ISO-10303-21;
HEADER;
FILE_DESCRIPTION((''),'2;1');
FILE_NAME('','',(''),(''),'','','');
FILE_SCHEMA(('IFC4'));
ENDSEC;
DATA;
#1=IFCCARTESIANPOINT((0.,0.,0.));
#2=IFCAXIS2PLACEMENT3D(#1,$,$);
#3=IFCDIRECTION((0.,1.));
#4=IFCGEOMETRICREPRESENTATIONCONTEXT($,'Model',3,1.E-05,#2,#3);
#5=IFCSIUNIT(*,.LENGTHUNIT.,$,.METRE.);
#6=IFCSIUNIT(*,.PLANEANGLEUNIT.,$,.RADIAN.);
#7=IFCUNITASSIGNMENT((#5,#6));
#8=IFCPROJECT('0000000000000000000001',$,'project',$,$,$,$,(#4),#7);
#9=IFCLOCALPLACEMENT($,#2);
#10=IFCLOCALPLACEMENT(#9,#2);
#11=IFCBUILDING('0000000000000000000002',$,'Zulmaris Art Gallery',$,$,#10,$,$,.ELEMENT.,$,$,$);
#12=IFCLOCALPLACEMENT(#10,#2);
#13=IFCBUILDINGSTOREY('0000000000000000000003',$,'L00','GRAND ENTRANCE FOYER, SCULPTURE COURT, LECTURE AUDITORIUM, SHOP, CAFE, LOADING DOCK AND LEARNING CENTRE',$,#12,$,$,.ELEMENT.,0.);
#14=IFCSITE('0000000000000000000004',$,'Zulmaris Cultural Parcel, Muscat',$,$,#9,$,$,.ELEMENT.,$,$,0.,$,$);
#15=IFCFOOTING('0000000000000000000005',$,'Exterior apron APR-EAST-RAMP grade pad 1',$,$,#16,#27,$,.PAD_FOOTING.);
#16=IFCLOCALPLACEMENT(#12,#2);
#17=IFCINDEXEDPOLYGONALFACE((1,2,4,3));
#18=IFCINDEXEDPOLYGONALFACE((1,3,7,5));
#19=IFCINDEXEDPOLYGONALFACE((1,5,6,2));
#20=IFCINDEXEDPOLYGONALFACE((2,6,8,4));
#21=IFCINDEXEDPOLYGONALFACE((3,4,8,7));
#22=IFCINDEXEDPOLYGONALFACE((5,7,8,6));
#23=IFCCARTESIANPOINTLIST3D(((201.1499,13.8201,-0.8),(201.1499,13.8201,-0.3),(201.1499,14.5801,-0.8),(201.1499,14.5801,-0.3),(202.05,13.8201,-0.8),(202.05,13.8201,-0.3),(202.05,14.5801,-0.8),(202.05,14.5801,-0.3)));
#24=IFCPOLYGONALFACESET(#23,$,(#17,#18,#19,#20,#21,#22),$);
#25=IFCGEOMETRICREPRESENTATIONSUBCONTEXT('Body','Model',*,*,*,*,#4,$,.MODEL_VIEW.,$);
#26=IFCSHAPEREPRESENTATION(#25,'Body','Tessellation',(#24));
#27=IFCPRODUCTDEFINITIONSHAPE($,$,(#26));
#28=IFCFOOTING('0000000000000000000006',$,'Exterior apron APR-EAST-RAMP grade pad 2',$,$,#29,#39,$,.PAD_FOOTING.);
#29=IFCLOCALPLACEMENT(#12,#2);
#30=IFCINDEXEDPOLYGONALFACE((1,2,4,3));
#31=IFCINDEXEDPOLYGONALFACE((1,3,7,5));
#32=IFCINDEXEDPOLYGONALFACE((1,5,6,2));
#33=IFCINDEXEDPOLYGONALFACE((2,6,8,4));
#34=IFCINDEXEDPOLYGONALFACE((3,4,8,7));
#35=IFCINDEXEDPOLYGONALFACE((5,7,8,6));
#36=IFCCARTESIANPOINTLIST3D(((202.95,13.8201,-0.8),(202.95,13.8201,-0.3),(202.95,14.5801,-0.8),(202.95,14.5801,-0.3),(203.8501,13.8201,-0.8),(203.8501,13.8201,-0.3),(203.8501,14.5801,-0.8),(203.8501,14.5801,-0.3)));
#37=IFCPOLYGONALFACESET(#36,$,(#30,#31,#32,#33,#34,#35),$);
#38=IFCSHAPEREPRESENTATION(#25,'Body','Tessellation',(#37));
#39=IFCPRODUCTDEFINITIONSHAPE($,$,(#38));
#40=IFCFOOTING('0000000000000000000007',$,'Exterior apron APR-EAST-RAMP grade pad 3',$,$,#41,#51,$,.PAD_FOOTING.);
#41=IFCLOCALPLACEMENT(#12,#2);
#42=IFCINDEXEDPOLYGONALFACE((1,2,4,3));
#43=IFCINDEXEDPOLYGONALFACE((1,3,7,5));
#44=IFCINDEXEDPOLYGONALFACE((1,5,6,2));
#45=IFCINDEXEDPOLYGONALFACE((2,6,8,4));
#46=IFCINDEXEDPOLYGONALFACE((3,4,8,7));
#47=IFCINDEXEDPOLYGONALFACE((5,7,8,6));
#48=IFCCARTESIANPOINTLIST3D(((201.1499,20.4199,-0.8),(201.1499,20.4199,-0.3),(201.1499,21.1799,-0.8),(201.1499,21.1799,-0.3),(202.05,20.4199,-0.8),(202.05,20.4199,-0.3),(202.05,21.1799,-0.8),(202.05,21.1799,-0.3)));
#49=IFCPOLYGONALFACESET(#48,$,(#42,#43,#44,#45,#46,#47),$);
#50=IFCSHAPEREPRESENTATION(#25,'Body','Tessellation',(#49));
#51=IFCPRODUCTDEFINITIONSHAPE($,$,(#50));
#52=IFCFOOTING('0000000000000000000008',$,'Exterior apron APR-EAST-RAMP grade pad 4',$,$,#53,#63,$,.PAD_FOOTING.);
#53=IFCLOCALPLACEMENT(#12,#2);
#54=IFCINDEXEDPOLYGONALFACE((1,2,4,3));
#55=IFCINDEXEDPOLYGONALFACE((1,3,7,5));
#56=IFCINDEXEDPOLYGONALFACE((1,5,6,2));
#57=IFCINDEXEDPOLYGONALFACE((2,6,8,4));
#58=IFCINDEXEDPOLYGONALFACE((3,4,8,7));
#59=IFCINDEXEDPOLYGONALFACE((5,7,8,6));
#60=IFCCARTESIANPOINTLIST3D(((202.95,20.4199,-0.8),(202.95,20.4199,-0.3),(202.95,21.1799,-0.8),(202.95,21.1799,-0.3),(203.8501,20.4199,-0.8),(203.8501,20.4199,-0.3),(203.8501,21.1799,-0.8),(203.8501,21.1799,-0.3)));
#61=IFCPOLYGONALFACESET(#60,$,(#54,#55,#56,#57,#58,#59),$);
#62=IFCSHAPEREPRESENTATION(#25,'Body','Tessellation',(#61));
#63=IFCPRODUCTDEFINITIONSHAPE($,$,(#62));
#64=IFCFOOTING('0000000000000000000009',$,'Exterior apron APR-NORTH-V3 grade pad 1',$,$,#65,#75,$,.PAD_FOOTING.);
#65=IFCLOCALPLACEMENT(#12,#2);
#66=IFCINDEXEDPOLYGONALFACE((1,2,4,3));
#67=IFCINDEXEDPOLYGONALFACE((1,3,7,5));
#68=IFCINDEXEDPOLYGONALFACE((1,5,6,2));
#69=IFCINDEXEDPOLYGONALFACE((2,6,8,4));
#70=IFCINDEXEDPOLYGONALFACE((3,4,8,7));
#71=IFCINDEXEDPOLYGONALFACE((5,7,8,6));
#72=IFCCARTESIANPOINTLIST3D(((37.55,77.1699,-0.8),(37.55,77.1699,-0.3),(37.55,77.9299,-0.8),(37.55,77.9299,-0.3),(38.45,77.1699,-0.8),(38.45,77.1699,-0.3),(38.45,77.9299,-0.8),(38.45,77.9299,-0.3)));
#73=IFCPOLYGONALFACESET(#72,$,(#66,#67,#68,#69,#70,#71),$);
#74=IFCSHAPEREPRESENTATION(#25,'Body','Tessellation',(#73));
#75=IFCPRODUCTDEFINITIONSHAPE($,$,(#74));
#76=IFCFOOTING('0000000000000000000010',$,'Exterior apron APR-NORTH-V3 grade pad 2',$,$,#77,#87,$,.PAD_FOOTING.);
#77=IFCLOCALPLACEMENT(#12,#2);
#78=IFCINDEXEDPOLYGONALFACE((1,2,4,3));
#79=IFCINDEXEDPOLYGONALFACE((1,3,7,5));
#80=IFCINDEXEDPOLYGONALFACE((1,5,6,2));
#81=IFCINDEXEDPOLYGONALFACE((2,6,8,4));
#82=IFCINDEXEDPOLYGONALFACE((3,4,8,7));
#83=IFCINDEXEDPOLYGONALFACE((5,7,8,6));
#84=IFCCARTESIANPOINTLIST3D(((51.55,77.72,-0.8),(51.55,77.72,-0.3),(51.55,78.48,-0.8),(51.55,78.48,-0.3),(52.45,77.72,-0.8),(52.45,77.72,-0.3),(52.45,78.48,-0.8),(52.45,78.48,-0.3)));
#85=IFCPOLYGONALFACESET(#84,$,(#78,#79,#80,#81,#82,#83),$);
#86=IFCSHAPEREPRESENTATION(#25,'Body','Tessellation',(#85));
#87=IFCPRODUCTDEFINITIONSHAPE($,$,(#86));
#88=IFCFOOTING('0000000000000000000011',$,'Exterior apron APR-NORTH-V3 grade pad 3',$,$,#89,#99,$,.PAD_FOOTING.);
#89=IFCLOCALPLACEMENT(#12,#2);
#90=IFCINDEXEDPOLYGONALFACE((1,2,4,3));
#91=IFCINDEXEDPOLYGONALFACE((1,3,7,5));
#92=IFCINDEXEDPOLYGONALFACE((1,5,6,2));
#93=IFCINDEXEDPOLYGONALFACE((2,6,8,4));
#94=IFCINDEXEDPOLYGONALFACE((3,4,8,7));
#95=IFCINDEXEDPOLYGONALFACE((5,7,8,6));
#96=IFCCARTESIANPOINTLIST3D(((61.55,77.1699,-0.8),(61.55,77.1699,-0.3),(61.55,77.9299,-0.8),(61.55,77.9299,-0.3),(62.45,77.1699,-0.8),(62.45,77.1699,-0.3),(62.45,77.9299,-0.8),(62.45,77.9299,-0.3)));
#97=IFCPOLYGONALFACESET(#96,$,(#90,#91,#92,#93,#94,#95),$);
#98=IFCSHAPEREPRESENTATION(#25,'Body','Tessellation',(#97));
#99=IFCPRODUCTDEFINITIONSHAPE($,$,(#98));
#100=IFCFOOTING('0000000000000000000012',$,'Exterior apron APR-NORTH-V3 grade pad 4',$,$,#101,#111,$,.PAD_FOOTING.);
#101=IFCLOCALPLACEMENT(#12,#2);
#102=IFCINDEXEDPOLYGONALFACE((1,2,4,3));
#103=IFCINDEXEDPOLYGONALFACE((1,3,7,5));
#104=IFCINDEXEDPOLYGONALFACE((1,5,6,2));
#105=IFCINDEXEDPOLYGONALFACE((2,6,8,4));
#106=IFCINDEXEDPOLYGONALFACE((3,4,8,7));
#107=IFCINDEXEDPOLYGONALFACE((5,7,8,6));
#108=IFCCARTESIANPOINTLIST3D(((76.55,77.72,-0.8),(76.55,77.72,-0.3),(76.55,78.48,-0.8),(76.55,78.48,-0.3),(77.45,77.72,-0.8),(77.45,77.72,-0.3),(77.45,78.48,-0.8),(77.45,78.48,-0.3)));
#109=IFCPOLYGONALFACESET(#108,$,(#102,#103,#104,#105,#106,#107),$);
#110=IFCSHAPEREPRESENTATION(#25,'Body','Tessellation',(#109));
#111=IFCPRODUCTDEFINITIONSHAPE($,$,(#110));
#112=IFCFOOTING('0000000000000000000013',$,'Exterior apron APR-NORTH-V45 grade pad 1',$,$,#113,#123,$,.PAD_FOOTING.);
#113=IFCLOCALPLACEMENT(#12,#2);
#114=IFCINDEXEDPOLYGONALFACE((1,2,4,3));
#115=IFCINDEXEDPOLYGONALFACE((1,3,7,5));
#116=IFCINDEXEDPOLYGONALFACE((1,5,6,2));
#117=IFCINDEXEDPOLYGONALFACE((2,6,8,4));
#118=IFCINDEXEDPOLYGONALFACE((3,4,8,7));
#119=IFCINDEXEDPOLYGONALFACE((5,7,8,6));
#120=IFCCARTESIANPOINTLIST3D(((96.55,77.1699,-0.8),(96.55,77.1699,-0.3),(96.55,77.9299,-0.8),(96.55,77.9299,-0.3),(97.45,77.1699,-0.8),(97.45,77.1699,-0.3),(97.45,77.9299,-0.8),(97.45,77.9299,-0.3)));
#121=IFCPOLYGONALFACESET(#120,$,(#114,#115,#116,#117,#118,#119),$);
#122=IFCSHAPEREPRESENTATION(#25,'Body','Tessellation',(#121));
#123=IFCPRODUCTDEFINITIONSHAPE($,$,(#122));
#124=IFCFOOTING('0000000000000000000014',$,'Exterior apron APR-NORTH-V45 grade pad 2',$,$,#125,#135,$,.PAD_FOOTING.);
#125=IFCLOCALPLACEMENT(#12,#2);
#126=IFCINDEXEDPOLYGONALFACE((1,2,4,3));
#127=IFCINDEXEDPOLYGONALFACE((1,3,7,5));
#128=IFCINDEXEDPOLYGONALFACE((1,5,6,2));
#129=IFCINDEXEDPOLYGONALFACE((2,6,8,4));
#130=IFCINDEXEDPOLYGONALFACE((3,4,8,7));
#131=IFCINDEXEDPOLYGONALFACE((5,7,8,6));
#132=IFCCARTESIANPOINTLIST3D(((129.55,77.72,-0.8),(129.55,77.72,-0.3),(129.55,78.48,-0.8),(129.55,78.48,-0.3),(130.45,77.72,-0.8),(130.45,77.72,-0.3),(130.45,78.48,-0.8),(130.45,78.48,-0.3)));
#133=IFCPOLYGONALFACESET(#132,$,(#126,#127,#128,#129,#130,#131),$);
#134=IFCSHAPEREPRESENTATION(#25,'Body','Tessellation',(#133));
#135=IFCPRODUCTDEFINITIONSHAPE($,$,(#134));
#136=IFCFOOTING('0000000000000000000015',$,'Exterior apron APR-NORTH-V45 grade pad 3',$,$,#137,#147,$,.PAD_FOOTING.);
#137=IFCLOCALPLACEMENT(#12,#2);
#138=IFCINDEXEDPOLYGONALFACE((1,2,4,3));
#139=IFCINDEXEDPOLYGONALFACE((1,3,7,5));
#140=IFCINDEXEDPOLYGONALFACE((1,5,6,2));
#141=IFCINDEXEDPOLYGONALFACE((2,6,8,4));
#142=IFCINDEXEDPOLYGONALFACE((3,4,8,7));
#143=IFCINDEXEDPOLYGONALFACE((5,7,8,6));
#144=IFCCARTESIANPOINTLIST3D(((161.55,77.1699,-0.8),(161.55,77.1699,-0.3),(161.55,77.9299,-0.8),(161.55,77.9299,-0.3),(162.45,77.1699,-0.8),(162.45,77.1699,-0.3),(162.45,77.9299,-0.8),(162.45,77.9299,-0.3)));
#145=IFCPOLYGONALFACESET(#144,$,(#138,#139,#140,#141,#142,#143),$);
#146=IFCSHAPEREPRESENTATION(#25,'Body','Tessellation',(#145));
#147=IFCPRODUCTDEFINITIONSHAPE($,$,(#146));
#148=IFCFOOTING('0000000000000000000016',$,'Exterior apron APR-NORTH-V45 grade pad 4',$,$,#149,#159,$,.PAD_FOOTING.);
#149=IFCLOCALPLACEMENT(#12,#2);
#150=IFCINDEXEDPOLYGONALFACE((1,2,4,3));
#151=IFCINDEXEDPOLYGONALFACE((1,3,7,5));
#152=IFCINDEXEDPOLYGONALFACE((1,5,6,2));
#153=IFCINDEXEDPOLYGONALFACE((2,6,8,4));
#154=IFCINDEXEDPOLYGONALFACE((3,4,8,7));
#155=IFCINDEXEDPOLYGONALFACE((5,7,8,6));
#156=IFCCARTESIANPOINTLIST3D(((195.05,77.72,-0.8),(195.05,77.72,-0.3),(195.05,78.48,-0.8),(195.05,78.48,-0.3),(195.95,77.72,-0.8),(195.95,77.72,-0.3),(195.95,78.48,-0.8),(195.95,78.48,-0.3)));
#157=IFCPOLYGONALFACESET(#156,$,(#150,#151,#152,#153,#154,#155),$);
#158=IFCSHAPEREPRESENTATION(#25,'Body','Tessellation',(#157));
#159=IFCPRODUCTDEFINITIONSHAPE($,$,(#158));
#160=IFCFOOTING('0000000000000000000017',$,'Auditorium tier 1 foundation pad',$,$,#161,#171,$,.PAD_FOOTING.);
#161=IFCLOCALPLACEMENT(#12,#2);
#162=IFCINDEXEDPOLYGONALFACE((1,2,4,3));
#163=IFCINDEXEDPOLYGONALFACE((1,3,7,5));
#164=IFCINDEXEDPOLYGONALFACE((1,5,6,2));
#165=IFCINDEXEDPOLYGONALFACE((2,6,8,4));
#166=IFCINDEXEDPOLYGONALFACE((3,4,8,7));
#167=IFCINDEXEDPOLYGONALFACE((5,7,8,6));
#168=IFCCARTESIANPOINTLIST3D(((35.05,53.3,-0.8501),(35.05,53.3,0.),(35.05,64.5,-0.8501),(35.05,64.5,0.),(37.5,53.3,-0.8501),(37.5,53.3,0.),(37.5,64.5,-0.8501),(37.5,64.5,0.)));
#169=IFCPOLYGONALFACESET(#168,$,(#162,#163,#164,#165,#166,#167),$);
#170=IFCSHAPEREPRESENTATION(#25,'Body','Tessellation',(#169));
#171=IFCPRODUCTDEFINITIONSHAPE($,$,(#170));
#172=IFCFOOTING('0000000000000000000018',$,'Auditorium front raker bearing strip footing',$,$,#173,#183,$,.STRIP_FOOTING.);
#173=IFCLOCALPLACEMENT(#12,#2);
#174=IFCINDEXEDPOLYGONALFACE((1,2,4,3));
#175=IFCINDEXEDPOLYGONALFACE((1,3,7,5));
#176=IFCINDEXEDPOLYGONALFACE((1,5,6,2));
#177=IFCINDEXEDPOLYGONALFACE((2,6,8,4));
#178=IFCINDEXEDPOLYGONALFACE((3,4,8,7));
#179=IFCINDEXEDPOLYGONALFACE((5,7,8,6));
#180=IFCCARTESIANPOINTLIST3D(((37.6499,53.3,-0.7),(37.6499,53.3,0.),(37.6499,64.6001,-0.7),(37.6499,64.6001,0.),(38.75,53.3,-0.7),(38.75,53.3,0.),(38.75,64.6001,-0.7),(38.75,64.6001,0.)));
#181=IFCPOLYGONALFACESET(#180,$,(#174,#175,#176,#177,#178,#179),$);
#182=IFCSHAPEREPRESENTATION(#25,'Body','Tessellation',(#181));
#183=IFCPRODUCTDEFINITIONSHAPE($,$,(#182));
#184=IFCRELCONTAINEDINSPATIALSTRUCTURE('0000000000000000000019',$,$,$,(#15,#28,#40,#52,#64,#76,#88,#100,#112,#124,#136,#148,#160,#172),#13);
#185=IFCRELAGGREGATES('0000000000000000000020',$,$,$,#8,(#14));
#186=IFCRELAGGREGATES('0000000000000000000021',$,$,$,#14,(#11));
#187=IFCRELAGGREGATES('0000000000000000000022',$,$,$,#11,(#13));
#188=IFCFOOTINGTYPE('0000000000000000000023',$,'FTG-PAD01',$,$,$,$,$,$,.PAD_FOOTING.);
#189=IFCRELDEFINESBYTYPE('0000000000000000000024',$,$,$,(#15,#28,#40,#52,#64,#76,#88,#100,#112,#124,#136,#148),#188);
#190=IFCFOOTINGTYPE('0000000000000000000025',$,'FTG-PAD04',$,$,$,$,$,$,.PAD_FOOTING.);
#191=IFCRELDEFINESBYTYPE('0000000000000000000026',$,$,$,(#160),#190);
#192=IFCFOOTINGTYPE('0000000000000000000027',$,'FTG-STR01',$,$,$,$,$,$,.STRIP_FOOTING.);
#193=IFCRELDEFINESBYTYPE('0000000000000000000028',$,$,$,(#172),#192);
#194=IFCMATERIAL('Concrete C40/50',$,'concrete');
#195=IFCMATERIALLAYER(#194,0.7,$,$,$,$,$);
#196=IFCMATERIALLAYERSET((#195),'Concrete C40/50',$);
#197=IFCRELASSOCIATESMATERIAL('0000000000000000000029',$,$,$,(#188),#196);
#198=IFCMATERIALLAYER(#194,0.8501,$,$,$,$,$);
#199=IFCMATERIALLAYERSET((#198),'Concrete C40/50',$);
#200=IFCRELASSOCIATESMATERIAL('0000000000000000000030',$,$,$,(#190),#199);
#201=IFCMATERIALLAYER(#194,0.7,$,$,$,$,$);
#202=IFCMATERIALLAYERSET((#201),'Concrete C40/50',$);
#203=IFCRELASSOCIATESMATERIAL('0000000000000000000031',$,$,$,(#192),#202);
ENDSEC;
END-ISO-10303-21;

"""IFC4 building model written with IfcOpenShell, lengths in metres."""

from ifc_helpers import new_model, si_unit, direction, frame, origin, place, context, subcontext, project, spatial, polyline, outline, extrude, material, layer, layer_set, type_object, element, save


model = new_model("IFC4")

# Units and contexts
model_context = context("Model", 3, precision=1e-05, world=origin(), true_north=direction((0.0, 1.0)))
body_context = subcontext(model_context, "Body", "Model", "MODEL_VIEW")
ifc_project = project(units=[si_unit("LENGTHUNIT", "METRE"), si_unit("PLANEANGLEUNIT", "RADIAN")], contexts=[model_context])

# Site, building, storey
site_placement = place(None, origin())
site = spatial("IfcSite", under=ifc_project, at=site_placement, Name="Zulmaris Cultural Parcel, Muscat", CompositionType="ELEMENT", RefElevation=0.0)
building_placement = place(site_placement, origin())
building = spatial("IfcBuilding", under=site, at=building_placement, Name="Zulmaris Art Gallery", CompositionType="ELEMENT")
storey_placement = place(building_placement, origin())
storey = spatial("IfcBuildingStorey", under=building, at=storey_placement, Name="L00", Description="GRAND ENTRANCE FOYER, SCULPTURE COURT, LECTURE AUDITORIUM, SHOP, CAFE, LOADING DOCK AND LEARNING CENTRE", CompositionType="ELEMENT", Elevation=0.0)

# Footings
ifc_material = material(Name="Concrete C40/50", Category="concrete")
ifc_layer_1 = layer(ifc_material, 0.7)
ifc_layer_set_1 = layer_set([ifc_layer_1], Name="Concrete C40/50")
footing_type_1 = type_object("IfcFootingType", Name="FTG-PAD01", PredefinedType="PAD_FOOTING", material=ifc_layer_set_1)
footing_1_placement = place(storey_placement, frame((0.0, 0.0, -0.8)))
element("IfcFooting", 1, at=footing_1_placement, inside=storey, type_object=footing_type_1, Name="Exterior apron APR-EAST-RAMP grade pad 1", PredefinedType="PAD_FOOTING", context=body_context, shape_type="SweptSolid", body=[
    extrude(outline(polyline([(201.1499, 13.8201), (202.05, 13.8201), (202.05, 14.5801), (201.1499, 14.5801), (201.1499, 13.8201)])), origin(), (0.0, 0.0, 1.0), 0.5),
])
footing_2_placement = place(storey_placement, frame((0.0, 0.0, -0.8)))
element("IfcFooting", 2, at=footing_2_placement, inside=storey, type_object=footing_type_1, Name="Exterior apron APR-EAST-RAMP grade pad 2", PredefinedType="PAD_FOOTING", context=body_context, shape_type="SweptSolid", body=[
    extrude(outline(polyline([(202.95, 13.8201), (203.8501, 13.8201), (203.8501, 14.5801), (202.95, 14.5801), (202.95, 13.8201)])), origin(), (0.0, 0.0, 1.0), 0.5),
])
footing_3_placement = place(storey_placement, frame((0.0, 0.0, -0.8)))
element("IfcFooting", 3, at=footing_3_placement, inside=storey, type_object=footing_type_1, Name="Exterior apron APR-EAST-RAMP grade pad 3", PredefinedType="PAD_FOOTING", context=body_context, shape_type="SweptSolid", body=[
    extrude(outline(polyline([(201.1499, 20.4199), (202.05, 20.4199), (202.05, 21.1799), (201.1499, 21.1799), (201.1499, 20.4199)])), origin(), (0.0, 0.0, 1.0), 0.5),
])
footing_4_placement = place(storey_placement, frame((0.0, 0.0, -0.8)))
element("IfcFooting", 4, at=footing_4_placement, inside=storey, type_object=footing_type_1, Name="Exterior apron APR-EAST-RAMP grade pad 4", PredefinedType="PAD_FOOTING", context=body_context, shape_type="SweptSolid", body=[
    extrude(outline(polyline([(202.95, 20.4199), (203.8501, 20.4199), (203.8501, 21.1799), (202.95, 21.1799), (202.95, 20.4199)])), origin(), (0.0, 0.0, 1.0), 0.5),
])
footing_5_placement = place(storey_placement, frame((0.0, 0.0, -0.8)))
element("IfcFooting", 5, at=footing_5_placement, inside=storey, type_object=footing_type_1, Name="Exterior apron APR-NORTH-V3 grade pad 1", PredefinedType="PAD_FOOTING", context=body_context, shape_type="SweptSolid", body=[
    extrude(outline(polyline([(37.55, 77.1699), (38.45, 77.1699), (38.45, 77.9299), (37.55, 77.9299), (37.55, 77.1699)])), origin(), (0.0, 0.0, 1.0), 0.5),
])
footing_6_placement = place(storey_placement, frame((0.0, 0.0, -0.8)))
element("IfcFooting", 6, at=footing_6_placement, inside=storey, type_object=footing_type_1, Name="Exterior apron APR-NORTH-V3 grade pad 2", PredefinedType="PAD_FOOTING", context=body_context, shape_type="SweptSolid", body=[
    extrude(outline(polyline([(51.55, 77.72), (52.45, 77.72), (52.45, 78.48), (51.55, 78.48), (51.55, 77.72)])), origin(), (0.0, 0.0, 1.0), 0.5),
])
footing_7_placement = place(storey_placement, frame((0.0, 0.0, -0.8)))
element("IfcFooting", 7, at=footing_7_placement, inside=storey, type_object=footing_type_1, Name="Exterior apron APR-NORTH-V3 grade pad 3", PredefinedType="PAD_FOOTING", context=body_context, shape_type="SweptSolid", body=[
    extrude(outline(polyline([(61.55, 77.1699), (62.45, 77.1699), (62.45, 77.9299), (61.55, 77.9299), (61.55, 77.1699)])), origin(), (0.0, 0.0, 1.0), 0.5),
])
footing_8_placement = place(storey_placement, frame((0.0, 0.0, -0.8)))
element("IfcFooting", 8, at=footing_8_placement, inside=storey, type_object=footing_type_1, Name="Exterior apron APR-NORTH-V3 grade pad 4", PredefinedType="PAD_FOOTING", context=body_context, shape_type="SweptSolid", body=[
    extrude(outline(polyline([(76.55, 77.72), (77.45, 77.72), (77.45, 78.48), (76.55, 78.48), (76.55, 77.72)])), origin(), (0.0, 0.0, 1.0), 0.5),
])
footing_9_placement = place(storey_placement, frame((0.0, 0.0, -0.8)))
element("IfcFooting", 9, at=footing_9_placement, inside=storey, type_object=footing_type_1, Name="Exterior apron APR-NORTH-V45 grade pad 1", PredefinedType="PAD_FOOTING", context=body_context, shape_type="SweptSolid", body=[
    extrude(outline(polyline([(96.55, 77.1699), (97.45, 77.1699), (97.45, 77.9299), (96.55, 77.9299), (96.55, 77.1699)])), origin(), (0.0, 0.0, 1.0), 0.5),
])
footing_10_placement = place(storey_placement, frame((0.0, 0.0, -0.8)))
element("IfcFooting", 10, at=footing_10_placement, inside=storey, type_object=footing_type_1, Name="Exterior apron APR-NORTH-V45 grade pad 2", PredefinedType="PAD_FOOTING", context=body_context, shape_type="SweptSolid", body=[
    extrude(outline(polyline([(129.55, 77.72), (130.45, 77.72), (130.45, 78.48), (129.55, 78.48), (129.55, 77.72)])), origin(), (0.0, 0.0, 1.0), 0.5),
])
footing_11_placement = place(storey_placement, frame((0.0, 0.0, -0.8)))
element("IfcFooting", 11, at=footing_11_placement, inside=storey, type_object=footing_type_1, Name="Exterior apron APR-NORTH-V45 grade pad 3", PredefinedType="PAD_FOOTING", context=body_context, shape_type="SweptSolid", body=[
    extrude(outline(polyline([(161.55, 77.1699), (162.45, 77.1699), (162.45, 77.9299), (161.55, 77.9299), (161.55, 77.1699)])), origin(), (0.0, 0.0, 1.0), 0.5),
])
footing_12_placement = place(storey_placement, frame((0.0, 0.0, -0.8)))
element("IfcFooting", 12, at=footing_12_placement, inside=storey, type_object=footing_type_1, Name="Exterior apron APR-NORTH-V45 grade pad 4", PredefinedType="PAD_FOOTING", context=body_context, shape_type="SweptSolid", body=[
    extrude(outline(polyline([(195.05, 77.72), (195.95, 77.72), (195.95, 78.48), (195.05, 78.48), (195.05, 77.72)])), origin(), (0.0, 0.0, 1.0), 0.5),
])
ifc_layer_2 = layer(ifc_material, 0.8501)
ifc_layer_set_2 = layer_set([ifc_layer_2], Name="Concrete C40/50")
footing_type_2 = type_object("IfcFootingType", Name="FTG-PAD04", PredefinedType="PAD_FOOTING", material=ifc_layer_set_2)
footing_13_placement = place(storey_placement, frame((0.0, 0.0, -0.8501)))
element("IfcFooting", 13, at=footing_13_placement, inside=storey, type_object=footing_type_2, Name="Auditorium tier 1 foundation pad", PredefinedType="PAD_FOOTING", context=body_context, shape_type="SweptSolid", body=[
    extrude(outline(polyline([(35.05, 53.3), (37.5, 53.3), (37.5, 64.5), (35.05, 64.5), (35.05, 53.3)])), origin(), (0.0, 0.0, 1.0), 0.8501),
])
ifc_layer_3 = layer(ifc_material, 0.7)
ifc_layer_set_3 = layer_set([ifc_layer_3], Name="Concrete C40/50")
footing_type_3 = type_object("IfcFootingType", Name="FTG-STR01", PredefinedType="STRIP_FOOTING", material=ifc_layer_set_3)
footing_14_placement = place(storey_placement, frame((0.0, 0.0, -0.7)))
element("IfcFooting", 14, at=footing_14_placement, inside=storey, type_object=footing_type_3, Name="Auditorium front raker bearing strip footing", PredefinedType="STRIP_FOOTING", context=body_context, shape_type="SweptSolid", body=[
    extrude(outline(polyline([(37.6499, 53.3), (38.75, 53.3), (38.75, 64.6001), (37.6499, 64.6001), (37.6499, 53.3)])), origin(), (0.0, 0.0, 1.0), 0.7),
])

save(model, "model.ifc")
